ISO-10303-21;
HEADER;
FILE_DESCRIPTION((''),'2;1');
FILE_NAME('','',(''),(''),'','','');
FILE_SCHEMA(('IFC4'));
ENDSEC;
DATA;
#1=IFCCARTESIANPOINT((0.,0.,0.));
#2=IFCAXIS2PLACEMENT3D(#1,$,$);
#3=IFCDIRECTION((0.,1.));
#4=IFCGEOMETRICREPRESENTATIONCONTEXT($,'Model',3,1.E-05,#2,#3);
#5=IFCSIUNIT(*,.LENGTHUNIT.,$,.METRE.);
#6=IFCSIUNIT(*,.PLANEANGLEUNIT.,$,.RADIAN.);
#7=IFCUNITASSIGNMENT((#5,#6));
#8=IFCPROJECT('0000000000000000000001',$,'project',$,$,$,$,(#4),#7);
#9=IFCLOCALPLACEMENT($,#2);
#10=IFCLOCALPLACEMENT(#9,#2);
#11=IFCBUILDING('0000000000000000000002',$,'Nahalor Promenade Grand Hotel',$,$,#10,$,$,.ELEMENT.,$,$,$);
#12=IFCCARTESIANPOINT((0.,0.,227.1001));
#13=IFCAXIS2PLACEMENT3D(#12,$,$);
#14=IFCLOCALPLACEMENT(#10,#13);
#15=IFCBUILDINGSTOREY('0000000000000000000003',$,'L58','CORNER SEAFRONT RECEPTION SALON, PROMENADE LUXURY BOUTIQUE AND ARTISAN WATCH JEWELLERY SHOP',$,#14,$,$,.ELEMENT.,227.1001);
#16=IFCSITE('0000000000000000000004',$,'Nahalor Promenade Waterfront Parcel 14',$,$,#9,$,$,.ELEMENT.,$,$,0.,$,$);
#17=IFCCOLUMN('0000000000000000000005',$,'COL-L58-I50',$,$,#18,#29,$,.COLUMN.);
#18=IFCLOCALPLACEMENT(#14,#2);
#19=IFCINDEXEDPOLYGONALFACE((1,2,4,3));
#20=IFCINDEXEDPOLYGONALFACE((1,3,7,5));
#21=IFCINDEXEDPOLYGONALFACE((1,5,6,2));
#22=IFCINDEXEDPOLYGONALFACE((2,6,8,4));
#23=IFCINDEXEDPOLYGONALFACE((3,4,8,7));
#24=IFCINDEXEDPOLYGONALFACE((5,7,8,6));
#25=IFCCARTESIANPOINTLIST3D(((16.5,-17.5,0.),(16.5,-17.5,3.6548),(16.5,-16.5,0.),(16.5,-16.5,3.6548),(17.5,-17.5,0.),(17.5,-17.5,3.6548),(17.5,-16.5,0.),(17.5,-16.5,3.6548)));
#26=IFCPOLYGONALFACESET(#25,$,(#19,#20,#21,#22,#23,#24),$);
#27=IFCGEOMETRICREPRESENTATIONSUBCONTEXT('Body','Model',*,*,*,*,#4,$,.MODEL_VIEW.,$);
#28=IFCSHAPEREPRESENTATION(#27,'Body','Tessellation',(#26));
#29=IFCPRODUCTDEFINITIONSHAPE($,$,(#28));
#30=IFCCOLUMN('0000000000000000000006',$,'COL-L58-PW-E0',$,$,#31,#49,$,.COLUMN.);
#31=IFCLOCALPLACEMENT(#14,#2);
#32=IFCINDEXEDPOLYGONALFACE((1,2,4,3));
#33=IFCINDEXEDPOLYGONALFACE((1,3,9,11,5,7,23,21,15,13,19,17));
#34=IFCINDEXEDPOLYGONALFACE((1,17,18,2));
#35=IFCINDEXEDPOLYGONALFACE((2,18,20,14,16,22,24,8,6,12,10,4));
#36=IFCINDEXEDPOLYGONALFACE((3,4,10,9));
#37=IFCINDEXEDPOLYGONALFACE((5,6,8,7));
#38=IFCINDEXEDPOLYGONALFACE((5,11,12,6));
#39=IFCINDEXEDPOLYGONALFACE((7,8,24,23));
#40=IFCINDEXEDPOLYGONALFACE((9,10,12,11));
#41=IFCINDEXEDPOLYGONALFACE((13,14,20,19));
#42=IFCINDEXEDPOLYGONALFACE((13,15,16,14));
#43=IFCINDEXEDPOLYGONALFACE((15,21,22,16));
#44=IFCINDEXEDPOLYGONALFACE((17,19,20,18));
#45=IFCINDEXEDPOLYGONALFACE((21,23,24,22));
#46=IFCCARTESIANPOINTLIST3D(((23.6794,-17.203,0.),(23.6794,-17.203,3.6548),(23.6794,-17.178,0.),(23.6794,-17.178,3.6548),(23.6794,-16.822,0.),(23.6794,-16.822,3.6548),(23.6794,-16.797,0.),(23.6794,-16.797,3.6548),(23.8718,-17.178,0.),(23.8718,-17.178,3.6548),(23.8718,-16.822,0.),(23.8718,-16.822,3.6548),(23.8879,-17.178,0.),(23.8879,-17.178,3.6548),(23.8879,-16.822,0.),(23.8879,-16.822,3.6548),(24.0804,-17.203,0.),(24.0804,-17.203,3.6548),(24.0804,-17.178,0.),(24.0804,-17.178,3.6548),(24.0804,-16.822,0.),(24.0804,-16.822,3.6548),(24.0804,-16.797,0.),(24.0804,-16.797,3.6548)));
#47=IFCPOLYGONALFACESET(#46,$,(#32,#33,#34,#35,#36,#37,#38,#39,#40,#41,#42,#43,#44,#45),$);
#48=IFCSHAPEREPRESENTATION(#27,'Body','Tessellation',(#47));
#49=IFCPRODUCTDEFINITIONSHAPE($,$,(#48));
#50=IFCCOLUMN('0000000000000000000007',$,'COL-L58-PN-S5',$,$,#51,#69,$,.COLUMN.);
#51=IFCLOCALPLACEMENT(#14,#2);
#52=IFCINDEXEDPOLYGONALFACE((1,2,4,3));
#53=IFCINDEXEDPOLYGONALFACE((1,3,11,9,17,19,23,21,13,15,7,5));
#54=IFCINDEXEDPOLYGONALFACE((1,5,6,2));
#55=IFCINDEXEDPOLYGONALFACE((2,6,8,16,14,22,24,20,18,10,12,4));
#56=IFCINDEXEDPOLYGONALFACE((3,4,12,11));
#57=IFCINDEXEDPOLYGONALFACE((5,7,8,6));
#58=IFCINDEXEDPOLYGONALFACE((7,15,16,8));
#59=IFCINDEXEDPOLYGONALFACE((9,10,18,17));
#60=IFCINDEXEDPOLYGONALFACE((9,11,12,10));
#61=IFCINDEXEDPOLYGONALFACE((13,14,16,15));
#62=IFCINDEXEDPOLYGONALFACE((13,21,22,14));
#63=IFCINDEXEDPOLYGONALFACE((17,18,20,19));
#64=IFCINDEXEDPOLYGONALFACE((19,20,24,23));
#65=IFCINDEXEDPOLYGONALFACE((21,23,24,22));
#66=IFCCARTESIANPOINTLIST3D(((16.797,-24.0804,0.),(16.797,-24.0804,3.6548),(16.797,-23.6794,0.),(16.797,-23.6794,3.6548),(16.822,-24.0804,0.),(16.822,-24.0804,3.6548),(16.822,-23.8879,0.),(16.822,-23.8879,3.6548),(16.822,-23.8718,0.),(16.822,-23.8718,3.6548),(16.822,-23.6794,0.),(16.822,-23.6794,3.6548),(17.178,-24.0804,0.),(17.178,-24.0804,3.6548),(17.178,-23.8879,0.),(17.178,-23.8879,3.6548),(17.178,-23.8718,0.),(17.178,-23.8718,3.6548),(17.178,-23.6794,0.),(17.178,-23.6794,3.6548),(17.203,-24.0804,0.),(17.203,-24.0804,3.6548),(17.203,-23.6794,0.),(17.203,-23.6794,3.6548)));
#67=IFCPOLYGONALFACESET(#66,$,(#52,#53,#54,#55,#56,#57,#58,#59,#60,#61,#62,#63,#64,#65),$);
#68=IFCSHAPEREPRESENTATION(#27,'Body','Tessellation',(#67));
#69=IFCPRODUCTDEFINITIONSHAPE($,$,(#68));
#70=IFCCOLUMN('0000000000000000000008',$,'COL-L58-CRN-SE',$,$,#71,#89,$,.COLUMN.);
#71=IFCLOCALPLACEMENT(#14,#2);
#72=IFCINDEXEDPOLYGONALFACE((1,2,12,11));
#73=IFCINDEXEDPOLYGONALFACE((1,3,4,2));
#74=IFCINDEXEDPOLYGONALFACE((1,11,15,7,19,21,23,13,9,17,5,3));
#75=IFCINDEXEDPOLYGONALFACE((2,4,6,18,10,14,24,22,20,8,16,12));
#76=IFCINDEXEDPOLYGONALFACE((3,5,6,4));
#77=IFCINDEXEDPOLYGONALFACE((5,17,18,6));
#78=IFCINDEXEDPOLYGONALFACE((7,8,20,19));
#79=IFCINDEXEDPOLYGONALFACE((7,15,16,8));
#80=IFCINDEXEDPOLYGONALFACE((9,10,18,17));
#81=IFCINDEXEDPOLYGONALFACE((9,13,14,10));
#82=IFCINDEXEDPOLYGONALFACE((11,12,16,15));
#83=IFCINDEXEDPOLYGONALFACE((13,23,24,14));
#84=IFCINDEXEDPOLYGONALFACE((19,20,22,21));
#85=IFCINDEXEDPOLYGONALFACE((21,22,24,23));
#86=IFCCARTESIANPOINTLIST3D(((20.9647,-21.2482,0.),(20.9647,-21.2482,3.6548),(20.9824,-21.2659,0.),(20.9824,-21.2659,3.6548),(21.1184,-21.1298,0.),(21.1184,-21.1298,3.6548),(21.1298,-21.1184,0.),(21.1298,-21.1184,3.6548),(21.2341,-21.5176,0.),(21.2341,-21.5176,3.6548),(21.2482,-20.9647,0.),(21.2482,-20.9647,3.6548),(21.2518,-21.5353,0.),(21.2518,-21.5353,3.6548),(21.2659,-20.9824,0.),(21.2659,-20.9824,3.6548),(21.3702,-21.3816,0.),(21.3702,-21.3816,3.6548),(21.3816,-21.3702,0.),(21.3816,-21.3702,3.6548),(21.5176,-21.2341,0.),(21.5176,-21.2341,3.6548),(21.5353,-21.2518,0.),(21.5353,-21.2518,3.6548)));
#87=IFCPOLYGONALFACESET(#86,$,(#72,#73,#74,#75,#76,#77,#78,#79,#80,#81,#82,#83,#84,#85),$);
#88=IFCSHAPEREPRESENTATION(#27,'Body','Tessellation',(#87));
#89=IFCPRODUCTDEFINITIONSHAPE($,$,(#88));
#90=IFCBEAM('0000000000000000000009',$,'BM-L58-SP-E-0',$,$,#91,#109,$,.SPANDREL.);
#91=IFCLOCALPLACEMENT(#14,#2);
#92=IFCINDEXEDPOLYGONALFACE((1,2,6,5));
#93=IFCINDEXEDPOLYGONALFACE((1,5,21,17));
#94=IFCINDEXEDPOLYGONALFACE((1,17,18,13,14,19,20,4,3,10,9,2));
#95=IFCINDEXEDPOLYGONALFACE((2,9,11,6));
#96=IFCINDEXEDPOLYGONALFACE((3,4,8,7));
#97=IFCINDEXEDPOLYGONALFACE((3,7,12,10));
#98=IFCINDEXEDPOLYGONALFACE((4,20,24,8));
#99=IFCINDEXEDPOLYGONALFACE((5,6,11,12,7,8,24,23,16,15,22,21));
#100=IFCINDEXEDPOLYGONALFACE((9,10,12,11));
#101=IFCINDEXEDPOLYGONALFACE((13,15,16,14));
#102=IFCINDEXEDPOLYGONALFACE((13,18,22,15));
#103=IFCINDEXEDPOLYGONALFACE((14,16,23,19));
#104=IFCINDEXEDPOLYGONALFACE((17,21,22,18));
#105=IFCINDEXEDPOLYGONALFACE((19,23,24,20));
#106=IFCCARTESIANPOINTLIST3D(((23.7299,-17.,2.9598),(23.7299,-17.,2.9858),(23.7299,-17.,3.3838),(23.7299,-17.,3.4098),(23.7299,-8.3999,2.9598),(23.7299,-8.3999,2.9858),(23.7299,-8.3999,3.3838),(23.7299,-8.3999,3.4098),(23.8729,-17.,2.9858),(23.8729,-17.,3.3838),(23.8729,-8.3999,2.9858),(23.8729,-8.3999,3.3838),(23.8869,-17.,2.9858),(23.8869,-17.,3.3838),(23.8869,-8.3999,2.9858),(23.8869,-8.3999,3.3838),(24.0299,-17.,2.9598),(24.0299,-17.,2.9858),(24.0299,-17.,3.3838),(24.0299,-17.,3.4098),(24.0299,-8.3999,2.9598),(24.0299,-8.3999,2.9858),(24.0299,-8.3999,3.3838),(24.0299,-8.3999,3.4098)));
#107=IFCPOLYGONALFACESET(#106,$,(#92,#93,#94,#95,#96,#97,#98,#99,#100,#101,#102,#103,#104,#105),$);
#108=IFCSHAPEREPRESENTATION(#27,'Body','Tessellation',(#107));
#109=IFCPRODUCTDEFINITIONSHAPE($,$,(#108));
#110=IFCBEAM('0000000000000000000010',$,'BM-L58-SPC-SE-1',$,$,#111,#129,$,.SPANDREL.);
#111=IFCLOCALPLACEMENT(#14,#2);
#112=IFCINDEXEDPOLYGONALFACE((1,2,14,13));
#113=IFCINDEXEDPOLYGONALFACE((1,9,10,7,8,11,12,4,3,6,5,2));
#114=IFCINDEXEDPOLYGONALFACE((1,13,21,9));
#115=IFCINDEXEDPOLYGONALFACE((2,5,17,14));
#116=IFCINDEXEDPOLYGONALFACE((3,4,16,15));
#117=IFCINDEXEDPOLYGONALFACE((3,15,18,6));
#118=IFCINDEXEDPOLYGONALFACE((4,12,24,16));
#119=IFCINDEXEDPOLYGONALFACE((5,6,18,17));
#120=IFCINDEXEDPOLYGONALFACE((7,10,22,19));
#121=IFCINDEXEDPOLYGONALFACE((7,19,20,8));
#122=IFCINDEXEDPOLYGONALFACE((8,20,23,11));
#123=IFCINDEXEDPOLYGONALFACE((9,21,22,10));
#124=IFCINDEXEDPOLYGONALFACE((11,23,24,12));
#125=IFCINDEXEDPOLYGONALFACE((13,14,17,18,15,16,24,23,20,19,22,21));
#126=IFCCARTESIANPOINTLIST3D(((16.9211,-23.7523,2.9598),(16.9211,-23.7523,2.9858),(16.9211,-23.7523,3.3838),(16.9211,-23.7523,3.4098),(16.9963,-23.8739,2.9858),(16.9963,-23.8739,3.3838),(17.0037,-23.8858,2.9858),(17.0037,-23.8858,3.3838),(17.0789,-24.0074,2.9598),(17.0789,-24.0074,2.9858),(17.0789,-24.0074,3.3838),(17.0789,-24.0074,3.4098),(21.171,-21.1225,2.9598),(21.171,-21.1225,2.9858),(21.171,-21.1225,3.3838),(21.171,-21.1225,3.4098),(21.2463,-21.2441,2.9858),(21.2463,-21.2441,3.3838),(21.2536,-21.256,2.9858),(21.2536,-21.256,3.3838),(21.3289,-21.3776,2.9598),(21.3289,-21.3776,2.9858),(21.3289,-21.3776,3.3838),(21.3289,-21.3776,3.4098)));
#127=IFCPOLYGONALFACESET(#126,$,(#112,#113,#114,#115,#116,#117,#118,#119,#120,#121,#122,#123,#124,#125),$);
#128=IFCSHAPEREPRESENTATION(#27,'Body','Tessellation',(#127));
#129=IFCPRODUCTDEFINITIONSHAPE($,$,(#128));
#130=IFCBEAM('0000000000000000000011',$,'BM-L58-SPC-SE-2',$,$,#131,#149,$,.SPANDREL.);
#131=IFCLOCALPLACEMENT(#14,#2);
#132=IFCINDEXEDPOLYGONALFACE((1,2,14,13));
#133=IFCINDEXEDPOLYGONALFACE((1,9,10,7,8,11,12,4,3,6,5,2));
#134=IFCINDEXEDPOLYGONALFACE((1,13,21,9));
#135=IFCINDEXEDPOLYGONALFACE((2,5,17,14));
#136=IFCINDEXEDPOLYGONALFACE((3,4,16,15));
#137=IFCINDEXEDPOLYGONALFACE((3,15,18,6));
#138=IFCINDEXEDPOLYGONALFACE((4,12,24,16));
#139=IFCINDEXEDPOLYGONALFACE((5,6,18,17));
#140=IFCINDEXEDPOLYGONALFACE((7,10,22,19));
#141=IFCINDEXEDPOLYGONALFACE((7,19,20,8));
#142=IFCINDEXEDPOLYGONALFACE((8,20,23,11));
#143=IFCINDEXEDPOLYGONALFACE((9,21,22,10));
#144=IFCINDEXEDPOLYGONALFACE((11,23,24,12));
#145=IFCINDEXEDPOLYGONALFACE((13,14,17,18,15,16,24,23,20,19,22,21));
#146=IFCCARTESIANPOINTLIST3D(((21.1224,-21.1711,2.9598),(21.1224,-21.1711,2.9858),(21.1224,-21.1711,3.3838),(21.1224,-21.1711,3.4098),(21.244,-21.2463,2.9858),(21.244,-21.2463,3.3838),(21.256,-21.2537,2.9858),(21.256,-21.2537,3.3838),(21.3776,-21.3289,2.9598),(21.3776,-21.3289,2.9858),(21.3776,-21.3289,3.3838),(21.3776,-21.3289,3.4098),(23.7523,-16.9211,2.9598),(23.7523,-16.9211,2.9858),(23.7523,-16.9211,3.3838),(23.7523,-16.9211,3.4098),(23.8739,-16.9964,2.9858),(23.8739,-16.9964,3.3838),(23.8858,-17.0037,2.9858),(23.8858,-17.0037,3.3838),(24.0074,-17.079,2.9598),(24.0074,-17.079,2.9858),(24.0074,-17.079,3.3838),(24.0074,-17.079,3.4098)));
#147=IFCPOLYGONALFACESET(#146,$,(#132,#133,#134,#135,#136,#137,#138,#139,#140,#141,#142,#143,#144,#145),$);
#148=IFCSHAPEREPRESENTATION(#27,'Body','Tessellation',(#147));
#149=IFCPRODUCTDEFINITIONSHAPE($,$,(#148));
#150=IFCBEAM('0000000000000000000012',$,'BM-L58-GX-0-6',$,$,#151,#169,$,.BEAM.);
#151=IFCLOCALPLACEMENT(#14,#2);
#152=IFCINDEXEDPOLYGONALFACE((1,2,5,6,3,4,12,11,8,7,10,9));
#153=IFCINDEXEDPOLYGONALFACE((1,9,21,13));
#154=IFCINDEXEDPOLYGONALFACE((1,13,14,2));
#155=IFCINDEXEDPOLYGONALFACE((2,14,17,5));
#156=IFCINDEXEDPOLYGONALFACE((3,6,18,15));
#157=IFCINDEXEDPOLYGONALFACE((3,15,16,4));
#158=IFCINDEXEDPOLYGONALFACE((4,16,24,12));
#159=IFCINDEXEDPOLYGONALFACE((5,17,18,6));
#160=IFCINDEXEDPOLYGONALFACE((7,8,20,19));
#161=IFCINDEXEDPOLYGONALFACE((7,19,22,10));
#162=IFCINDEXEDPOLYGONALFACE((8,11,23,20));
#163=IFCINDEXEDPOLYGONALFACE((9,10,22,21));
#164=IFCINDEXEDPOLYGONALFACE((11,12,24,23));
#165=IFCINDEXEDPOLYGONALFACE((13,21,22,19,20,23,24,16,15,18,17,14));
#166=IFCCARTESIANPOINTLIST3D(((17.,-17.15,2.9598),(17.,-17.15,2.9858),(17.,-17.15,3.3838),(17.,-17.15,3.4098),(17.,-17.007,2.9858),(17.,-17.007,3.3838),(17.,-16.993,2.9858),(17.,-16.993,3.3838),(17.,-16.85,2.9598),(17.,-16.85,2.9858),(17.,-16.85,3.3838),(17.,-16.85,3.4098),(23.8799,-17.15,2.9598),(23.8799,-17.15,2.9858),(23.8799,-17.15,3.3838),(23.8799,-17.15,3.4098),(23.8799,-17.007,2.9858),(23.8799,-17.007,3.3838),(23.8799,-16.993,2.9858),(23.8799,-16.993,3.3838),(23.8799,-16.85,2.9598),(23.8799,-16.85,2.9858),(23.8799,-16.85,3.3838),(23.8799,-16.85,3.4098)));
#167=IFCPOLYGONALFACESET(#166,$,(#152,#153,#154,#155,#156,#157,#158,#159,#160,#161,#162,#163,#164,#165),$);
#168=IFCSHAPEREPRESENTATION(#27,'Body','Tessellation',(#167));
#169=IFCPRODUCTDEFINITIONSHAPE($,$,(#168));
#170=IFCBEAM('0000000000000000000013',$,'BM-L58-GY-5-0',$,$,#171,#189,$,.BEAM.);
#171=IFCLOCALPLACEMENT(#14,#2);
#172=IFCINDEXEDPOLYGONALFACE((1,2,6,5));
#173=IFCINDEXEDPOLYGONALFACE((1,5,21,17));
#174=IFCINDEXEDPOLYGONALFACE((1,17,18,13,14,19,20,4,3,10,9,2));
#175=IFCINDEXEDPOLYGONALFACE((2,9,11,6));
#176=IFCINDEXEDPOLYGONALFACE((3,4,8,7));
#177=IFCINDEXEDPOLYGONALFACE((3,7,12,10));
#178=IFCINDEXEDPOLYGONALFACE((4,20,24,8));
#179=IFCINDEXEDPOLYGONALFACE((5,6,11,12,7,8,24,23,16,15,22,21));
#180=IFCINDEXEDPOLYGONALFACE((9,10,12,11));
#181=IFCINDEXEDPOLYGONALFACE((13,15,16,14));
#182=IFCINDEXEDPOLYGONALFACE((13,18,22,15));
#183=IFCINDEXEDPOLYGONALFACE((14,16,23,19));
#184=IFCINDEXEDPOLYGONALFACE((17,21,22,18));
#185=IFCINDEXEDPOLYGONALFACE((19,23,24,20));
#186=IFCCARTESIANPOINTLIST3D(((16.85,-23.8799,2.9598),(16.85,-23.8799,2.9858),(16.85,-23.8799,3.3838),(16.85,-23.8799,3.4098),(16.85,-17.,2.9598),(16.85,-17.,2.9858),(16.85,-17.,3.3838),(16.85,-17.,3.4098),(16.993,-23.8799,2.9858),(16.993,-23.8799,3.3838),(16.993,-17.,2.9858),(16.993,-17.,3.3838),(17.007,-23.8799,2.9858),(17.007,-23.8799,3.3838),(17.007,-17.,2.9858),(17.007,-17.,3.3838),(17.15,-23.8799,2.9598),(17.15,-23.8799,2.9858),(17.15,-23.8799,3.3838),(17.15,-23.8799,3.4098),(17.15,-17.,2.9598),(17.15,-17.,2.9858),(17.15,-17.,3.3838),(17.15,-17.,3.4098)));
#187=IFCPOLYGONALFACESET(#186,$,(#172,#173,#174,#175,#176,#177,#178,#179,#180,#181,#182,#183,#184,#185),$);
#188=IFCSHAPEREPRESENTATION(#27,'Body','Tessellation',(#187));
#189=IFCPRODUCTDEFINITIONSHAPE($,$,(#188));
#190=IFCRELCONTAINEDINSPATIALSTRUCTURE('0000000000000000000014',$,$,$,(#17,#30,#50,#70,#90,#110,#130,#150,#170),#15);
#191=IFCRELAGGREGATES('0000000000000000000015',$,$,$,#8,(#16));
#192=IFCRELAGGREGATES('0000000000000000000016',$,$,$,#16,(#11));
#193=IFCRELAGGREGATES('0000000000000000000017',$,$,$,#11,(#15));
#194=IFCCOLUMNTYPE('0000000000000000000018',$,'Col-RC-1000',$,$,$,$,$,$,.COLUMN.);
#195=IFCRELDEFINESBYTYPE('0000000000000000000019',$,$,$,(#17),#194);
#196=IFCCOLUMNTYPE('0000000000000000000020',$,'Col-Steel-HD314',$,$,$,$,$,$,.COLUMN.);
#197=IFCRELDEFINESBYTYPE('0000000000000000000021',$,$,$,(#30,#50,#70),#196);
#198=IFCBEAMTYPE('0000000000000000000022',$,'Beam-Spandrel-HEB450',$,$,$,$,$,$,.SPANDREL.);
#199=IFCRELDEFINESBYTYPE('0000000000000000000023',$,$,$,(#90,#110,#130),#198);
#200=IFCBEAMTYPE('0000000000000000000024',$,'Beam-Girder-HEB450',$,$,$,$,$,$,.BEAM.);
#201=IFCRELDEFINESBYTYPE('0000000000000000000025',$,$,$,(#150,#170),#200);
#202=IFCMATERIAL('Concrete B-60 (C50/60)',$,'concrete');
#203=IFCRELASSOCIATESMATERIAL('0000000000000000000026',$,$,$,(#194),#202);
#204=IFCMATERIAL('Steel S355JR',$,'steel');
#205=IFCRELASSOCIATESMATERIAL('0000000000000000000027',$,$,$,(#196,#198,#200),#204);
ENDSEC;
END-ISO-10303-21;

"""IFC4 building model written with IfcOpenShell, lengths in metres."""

from ifc_helpers import new_model, si_unit, direction, frame, origin, origin_2d, place, context, subcontext, project, spatial, rectangle, i_section, extrude, source, transform, mapped, material, material_profile, profile_set, type_object, element, save


model = new_model("IFC4")

# Units and contexts
model_context = context("Model", 3, precision=1e-05, world=origin(), true_north=direction((0.0, 1.0)))
body_context = subcontext(model_context, "Body", "Model", "MODEL_VIEW")
ifc_project = project(units=[si_unit("LENGTHUNIT", "METRE"), si_unit("PLANEANGLEUNIT", "RADIAN")], contexts=[model_context])

# Site, building, storey
site_placement = place(None, origin())
site = spatial("IfcSite", under=ifc_project, at=site_placement, Name="Nahalor Promenade Waterfront Parcel 14", CompositionType="ELEMENT", RefElevation=0.0)
building_placement = place(site_placement, origin())
building = spatial("IfcBuilding", under=site, at=building_placement, Name="Nahalor Promenade Grand Hotel", CompositionType="ELEMENT")
storey_placement = place(building_placement, frame((0.0, 0.0, 227.1001)))
storey = spatial("IfcBuildingStorey", under=building, at=storey_placement, Name="L58", Description="CORNER SEAFRONT RECEPTION SALON, PROMENADE LUXURY BOUTIQUE AND ARTISAN WATCH JEWELLERY SHOP", CompositionType="ELEMENT", Elevation=227.1001)

# Columns
ifc_material_1 = material(Name="Concrete B-60 (C50/60)", Category="concrete")
ifc_material_profile_1 = material_profile(ifc_material_1, rectangle(XDim=1.0, YDim=1.0, at=origin_2d()), Name="RC 1000x1000")
ifc_profile_set_1 = profile_set([ifc_material_profile_1], Name="Concrete B-60 (C50/60)")
column_type_1 = type_object("IfcColumnType", Name="Col-RC-1000", PredefinedType="COLUMN", material=ifc_profile_set_1)
shared_shape_1 = source(origin(), body_context, "Body", "SweptSolid", [
    extrude(rectangle(XDim=1.0, YDim=1.0, at=origin_2d()), origin(), (0.0, 0.0, 1.0), 3.6548),
])
column_placement = place(storey_placement, frame((17.0, -17.0, 0.0), z_axis=(0.0, 0.0, 1.0), x_axis=(1.0, 0.0, 0.0)))
element("IfcColumn", 1, at=column_placement, inside=storey, type_object=column_type_1, Name="COL-L58-I50", PredefinedType="COLUMN", context=body_context, shape_type="MappedRepresentation", body=[
    mapped(shared_shape_1, transform((0.0, 0.0, 0.0), scale=1.0)),
])
ifc_material_2 = material(Name="Steel S355JR", Category="steel")
ifc_material_profile_2 = material_profile(ifc_material_2, i_section(OverallWidth=0.401, OverallDepth=0.406, WebThickness=0.0161, FlangeThickness=0.025, at=origin_2d()), Name="HD 400x314")
ifc_profile_set_2 = profile_set([ifc_material_profile_2], Name="Steel S355JR")
column_type_2 = type_object("IfcColumnType", Name="Col-Steel-HD314", PredefinedType="COLUMN", material=ifc_profile_set_2)
shared_shape_2 = source(origin(), body_context, "Body", "SweptSolid", [
    extrude(i_section(OverallWidth=0.401, OverallDepth=0.406, WebThickness=0.0161, FlangeThickness=0.025, at=origin_2d()), origin(), (0.0, 0.0, 1.0), 3.6548),
])
for number, where, z_axis, x_axis, name in (
    (2, (23.8799, -17.0, 0.0), (0.0, 0.0, 1.0), (1.0, 0.0, 0.0), "COL-L58-PW-E0"),
    (3, (17.0, -23.8799, 0.0), (0.0, 0.0, 1.0), (0.0, 1.0, 0.0), "COL-L58-PN-S5"),
    (4, (21.25, -21.25, 0.0), (0.0, 0.0, 1.0), (0.707107, 0.707107, 0.0), "COL-L58-CRN-SE"),
):
    element("IfcColumn", number, at=place(storey_placement, frame(where, z_axis=z_axis, x_axis=x_axis)), inside=storey, type_object=column_type_2, Name=name, PredefinedType="COLUMN", context=body_context, shape_type="MappedRepresentation", body=[
        mapped(shared_shape_2, transform((0.0, 0.0, 0.0), scale=1.0)),
    ])

# Beams
ifc_material_profile_3 = material_profile(ifc_material_2, i_section(OverallWidth=0.3, OverallDepth=0.45, WebThickness=0.014, FlangeThickness=0.026, at=origin_2d()), Name="HEB 450")
ifc_profile_set_3 = profile_set([ifc_material_profile_3], Name="Steel S355JR")
beam_type_1 = type_object("IfcBeamType", Name="Beam-Spandrel-HEB450", PredefinedType="SPANDREL", material=ifc_profile_set_3)
shared_shape_3 = source(origin(), body_context, "Body", "SweptSolid", [
    extrude(i_section(OverallWidth=0.3, OverallDepth=0.45, WebThickness=0.014, FlangeThickness=0.026, at=origin_2d()), origin(), (0.0, 0.0, 1.0), 8.6001),
])
beam_1_placement = place(storey_placement, frame((23.8799, -17.0, 3.1848), z_axis=(0.0, 1.0, 0.0), x_axis=(-1.0, 0.0, 0.0)))
element("IfcBeam", 5, at=beam_1_placement, inside=storey, type_object=beam_type_1, Name="BM-L58-SP-E-0", PredefinedType="SPANDREL", context=body_context, shape_type="MappedRepresentation", body=[
    mapped(shared_shape_3, transform((0.0, 0.0, 0.0), scale=1.0)),
])
shared_shape_4 = source(origin(), body_context, "Body", "SweptSolid", [
    extrude(i_section(OverallWidth=0.3, OverallDepth=0.45, WebThickness=0.014, FlangeThickness=0.026, at=origin_2d()), origin(), (0.0, 0.0, 1.0), 4.9978),
])
for number, where, z_axis, x_axis, name in (
    (6, (17.0, -23.8799, 3.1848), (0.850361, 0.5262, 0.0), (-0.5262, 0.850361, 0.0), "BM-L58-SPC-SE-1"),
    (7, (21.25, -21.25, 3.1848), (0.5262, 0.850361, 0.0), (-0.850361, 0.5262, 0.0), "BM-L58-SPC-SE-2"),
):
    element("IfcBeam", number, at=place(storey_placement, frame(where, z_axis=z_axis, x_axis=x_axis)), inside=storey, type_object=beam_type_1, Name=name, PredefinedType="SPANDREL", context=body_context, shape_type="MappedRepresentation", body=[
        mapped(shared_shape_4, transform((0.0, 0.0, 0.0), scale=1.0)),
    ])
ifc_material_profile_4 = material_profile(ifc_material_2, i_section(OverallWidth=0.3, OverallDepth=0.45, WebThickness=0.014, FlangeThickness=0.026, at=origin_2d()), Name="HEB 450")
ifc_profile_set_4 = profile_set([ifc_material_profile_4], Name="Steel S355JR")
beam_type_2 = type_object("IfcBeamType", Name="Beam-Girder-HEB450", PredefinedType="BEAM", material=ifc_profile_set_4)
shared_shape_5 = source(origin(), body_context, "Body", "SweptSolid", [
    extrude(i_section(OverallWidth=0.3, OverallDepth=0.45, WebThickness=0.014, FlangeThickness=0.026, at=origin_2d()), origin(), (0.0, 0.0, 1.0), 6.8799),
])
for number, where, z_axis, x_axis, name in (
    (8, (17.0, -17.0, 3.1848), (1.0, 0.0, 0.0), (0.0, 1.0, 0.0), "BM-L58-GX-0-6"),
    (9, (17.0, -23.8799, 3.1848), (0.0, 1.0, 0.0), (-1.0, 0.0, 0.0), "BM-L58-GY-5-0"),
):
    element("IfcBeam", number, at=place(storey_placement, frame(where, z_axis=z_axis, x_axis=x_axis)), inside=storey, type_object=beam_type_2, Name=name, PredefinedType="BEAM", context=body_context, shape_type="MappedRepresentation", body=[
        mapped(shared_shape_5, transform((0.0, 0.0, 0.0), scale=1.0)),
    ])

save(model, "model.ifc")
